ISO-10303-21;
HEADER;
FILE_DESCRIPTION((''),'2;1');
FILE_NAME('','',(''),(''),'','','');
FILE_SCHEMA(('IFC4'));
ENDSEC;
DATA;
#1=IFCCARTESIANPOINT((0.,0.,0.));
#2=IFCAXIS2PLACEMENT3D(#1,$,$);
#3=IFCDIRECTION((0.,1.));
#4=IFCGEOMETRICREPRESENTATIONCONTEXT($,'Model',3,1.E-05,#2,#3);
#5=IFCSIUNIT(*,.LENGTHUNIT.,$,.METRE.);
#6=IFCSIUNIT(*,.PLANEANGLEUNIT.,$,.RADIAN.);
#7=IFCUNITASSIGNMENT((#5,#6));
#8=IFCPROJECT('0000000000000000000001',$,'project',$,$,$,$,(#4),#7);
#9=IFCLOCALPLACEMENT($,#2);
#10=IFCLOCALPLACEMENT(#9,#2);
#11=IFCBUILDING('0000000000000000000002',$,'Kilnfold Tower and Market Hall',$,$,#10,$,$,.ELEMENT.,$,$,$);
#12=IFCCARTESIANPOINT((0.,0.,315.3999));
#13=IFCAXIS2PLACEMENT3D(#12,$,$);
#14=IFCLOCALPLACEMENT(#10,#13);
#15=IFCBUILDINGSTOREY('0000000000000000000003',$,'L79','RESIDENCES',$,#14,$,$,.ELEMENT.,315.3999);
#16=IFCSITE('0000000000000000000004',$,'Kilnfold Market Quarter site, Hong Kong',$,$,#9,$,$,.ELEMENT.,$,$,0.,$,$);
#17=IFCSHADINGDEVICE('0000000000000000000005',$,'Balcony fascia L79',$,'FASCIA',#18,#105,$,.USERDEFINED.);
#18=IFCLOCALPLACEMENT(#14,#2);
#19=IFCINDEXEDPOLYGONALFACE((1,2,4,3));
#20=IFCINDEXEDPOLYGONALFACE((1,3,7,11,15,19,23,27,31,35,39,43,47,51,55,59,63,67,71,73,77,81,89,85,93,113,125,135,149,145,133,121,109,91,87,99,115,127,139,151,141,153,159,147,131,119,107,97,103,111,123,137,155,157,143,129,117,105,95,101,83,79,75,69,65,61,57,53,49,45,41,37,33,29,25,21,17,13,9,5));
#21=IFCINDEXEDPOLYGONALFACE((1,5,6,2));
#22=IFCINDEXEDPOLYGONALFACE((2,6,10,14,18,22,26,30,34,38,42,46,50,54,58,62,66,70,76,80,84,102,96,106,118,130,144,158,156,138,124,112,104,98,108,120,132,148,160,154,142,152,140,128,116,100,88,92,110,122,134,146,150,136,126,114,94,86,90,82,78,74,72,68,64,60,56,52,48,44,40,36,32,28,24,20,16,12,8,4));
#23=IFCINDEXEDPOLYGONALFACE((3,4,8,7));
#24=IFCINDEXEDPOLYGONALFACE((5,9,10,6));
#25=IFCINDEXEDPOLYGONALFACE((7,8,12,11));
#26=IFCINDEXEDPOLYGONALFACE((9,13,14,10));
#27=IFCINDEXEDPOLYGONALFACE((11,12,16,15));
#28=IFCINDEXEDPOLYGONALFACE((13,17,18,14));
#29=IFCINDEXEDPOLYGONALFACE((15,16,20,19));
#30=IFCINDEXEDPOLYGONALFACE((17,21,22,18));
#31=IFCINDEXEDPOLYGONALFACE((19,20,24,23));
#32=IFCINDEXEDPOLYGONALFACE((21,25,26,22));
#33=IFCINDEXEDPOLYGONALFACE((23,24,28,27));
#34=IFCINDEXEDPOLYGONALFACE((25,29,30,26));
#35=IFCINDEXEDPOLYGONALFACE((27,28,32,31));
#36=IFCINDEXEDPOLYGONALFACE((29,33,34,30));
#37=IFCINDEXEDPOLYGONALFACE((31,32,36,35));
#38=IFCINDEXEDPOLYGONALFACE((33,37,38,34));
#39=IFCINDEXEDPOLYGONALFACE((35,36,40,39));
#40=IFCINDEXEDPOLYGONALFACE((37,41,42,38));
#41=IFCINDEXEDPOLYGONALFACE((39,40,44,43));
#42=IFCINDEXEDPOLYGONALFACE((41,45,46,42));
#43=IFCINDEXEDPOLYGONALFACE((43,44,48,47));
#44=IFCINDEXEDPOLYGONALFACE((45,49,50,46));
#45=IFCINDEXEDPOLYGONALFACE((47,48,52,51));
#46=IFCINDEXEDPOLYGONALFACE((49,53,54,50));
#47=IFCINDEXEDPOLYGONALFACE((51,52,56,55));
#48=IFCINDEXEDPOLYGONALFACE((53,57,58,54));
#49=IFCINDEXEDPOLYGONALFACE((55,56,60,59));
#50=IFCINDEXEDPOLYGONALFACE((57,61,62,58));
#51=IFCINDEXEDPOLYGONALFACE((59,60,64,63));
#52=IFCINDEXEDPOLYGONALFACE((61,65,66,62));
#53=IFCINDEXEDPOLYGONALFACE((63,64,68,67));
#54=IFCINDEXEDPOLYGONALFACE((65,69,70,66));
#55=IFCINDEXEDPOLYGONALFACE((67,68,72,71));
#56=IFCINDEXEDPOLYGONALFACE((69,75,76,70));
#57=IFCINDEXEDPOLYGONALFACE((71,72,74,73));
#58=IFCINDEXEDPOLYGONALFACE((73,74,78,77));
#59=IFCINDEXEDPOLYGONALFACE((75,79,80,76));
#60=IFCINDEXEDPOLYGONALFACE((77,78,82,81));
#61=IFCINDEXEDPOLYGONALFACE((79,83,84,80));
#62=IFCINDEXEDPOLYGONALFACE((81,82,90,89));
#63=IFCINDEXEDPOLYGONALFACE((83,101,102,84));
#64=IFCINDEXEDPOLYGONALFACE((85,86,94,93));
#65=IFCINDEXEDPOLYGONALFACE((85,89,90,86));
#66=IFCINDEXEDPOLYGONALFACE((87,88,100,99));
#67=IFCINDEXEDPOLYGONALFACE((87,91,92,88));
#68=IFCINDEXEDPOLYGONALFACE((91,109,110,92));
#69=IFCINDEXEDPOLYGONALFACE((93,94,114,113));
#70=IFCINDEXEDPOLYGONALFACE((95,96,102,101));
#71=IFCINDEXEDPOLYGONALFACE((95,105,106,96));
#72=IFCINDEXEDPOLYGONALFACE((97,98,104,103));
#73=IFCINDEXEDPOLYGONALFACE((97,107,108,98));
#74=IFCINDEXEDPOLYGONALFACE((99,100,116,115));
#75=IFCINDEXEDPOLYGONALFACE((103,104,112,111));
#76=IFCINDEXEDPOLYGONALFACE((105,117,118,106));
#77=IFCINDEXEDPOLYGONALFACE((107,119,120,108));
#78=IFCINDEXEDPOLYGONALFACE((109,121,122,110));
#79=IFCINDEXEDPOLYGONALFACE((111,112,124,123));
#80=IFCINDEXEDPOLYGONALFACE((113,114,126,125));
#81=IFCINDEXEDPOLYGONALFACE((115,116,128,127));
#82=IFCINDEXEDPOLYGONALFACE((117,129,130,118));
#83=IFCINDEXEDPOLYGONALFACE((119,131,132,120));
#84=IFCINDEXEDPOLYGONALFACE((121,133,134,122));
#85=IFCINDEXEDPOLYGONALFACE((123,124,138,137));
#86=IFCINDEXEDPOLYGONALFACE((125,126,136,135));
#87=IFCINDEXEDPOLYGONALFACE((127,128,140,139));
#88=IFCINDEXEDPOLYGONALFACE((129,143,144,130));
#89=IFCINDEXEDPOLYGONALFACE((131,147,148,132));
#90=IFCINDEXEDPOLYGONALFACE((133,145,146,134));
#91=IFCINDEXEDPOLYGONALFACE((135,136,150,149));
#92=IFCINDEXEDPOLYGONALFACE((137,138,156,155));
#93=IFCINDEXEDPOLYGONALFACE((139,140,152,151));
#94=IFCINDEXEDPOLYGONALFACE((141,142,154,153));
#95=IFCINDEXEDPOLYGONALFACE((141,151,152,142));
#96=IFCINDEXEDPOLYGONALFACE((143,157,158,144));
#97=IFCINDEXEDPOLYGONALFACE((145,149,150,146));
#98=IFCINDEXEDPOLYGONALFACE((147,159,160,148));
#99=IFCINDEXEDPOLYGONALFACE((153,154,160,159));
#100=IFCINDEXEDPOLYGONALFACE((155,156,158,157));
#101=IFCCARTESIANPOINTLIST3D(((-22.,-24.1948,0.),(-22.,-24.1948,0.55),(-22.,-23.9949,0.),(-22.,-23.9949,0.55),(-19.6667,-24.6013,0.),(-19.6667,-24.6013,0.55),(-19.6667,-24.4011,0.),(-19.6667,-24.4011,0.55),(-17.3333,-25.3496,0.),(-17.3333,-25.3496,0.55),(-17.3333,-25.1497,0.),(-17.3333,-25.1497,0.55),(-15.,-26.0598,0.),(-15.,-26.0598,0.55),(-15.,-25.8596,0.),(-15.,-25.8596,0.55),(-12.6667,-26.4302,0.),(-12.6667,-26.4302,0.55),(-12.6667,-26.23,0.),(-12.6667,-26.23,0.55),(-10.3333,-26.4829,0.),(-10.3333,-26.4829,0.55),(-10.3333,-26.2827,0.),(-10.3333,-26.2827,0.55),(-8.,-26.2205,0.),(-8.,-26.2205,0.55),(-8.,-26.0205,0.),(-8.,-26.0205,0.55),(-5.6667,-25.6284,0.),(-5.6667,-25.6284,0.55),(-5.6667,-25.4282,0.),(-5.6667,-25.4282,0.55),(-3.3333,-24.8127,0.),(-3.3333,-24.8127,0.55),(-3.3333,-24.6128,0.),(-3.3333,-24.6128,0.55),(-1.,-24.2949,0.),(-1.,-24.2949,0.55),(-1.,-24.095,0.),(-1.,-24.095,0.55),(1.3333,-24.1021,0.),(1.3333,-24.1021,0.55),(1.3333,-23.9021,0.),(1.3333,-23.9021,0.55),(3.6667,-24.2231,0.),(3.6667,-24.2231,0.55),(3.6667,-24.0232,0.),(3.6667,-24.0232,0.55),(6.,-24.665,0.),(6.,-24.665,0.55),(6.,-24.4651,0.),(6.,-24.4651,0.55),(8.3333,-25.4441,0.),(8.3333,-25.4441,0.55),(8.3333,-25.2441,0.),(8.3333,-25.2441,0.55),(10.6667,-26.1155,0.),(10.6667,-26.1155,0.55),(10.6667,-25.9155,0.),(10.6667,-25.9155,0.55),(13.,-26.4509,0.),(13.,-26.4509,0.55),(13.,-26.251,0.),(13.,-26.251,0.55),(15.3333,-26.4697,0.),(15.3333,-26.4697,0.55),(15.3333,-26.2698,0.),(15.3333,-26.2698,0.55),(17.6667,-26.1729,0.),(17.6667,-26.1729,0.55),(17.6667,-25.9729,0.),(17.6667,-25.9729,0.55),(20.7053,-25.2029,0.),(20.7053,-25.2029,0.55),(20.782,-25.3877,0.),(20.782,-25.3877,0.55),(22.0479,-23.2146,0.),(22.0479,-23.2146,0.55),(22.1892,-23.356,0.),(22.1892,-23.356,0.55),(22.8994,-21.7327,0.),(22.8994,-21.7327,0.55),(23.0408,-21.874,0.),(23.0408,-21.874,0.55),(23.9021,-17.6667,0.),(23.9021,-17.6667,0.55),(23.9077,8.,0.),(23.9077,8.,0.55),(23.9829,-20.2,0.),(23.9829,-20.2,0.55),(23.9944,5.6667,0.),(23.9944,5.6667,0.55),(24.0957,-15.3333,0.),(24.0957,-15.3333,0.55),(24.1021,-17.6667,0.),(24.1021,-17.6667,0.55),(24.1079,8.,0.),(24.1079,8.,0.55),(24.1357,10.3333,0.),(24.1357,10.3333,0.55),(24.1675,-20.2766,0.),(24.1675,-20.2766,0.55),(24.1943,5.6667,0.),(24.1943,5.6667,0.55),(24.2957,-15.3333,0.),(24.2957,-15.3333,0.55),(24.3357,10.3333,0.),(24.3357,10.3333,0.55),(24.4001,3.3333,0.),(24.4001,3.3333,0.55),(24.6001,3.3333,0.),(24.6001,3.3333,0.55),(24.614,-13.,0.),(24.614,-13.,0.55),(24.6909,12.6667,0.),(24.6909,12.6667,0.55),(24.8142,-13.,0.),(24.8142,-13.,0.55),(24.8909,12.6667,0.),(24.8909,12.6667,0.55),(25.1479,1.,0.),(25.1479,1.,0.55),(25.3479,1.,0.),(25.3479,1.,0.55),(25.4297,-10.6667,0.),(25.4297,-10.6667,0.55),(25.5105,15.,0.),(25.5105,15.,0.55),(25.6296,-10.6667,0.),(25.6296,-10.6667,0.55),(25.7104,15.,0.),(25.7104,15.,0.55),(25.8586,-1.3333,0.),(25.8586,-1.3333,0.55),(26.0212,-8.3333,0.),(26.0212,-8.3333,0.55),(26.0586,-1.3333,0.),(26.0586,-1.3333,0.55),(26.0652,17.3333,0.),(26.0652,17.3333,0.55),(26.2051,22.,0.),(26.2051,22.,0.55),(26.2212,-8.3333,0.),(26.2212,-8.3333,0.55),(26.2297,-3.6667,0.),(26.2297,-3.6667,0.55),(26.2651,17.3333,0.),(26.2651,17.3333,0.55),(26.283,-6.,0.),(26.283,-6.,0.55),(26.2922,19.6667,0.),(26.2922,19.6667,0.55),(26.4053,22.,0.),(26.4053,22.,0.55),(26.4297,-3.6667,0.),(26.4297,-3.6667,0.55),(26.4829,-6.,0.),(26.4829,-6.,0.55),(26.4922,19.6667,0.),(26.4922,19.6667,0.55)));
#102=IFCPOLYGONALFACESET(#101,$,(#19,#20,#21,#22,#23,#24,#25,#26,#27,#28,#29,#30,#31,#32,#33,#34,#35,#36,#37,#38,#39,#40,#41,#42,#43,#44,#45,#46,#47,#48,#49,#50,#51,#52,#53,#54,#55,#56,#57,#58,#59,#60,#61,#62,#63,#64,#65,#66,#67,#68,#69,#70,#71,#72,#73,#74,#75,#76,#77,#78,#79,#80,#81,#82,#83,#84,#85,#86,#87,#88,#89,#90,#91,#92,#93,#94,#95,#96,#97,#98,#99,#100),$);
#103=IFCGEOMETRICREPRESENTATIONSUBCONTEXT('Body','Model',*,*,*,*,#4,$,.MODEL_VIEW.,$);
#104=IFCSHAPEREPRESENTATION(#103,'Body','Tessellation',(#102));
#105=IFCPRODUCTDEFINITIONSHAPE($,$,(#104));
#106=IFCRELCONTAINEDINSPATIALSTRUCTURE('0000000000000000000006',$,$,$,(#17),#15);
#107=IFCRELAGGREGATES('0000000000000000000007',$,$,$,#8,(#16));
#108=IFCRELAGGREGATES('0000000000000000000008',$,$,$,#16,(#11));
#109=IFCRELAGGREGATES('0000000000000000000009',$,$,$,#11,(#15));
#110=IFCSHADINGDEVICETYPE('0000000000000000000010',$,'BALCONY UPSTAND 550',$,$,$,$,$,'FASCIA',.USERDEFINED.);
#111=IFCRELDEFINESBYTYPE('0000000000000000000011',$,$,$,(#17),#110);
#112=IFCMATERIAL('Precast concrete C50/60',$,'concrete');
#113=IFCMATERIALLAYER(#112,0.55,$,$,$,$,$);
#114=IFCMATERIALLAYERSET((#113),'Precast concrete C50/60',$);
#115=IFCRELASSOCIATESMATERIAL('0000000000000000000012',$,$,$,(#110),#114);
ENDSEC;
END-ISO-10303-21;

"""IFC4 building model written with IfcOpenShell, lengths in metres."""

from ifc_helpers import new_model, si_unit, direction, frame, origin, place, context, subcontext, project, spatial, polyline, outline, extrude, source, transform, mapped, material, layer, layer_set, type_object, element, save


model = new_model("IFC4")

# Units and contexts
model_context = context("Model", 3, precision=1e-05, world=origin(), true_north=direction((0.0, 1.0)))
body_context = subcontext(model_context, "Body", "Model", "MODEL_VIEW")
ifc_project = project(units=[si_unit("LENGTHUNIT", "METRE"), si_unit("PLANEANGLEUNIT", "RADIAN")], contexts=[model_context])

# Site, building, storey
site_placement = place(None, origin())
site = spatial("IfcSite", under=ifc_project, at=site_placement, Name="Kilnfold Market Quarter site, Hong Kong", CompositionType="ELEMENT", RefElevation=0.0)
building_placement = place(site_placement, origin())
building = spatial("IfcBuilding", under=site, at=building_placement, Name="Kilnfold Tower and Market Hall", CompositionType="ELEMENT")
storey_placement = place(building_placement, frame((0.0, 0.0, 315.3999)))
storey = spatial("IfcBuildingStorey", under=building, at=storey_placement, Name="L79", Description="RESIDENCES", CompositionType="ELEMENT", Elevation=315.3999)

# Shading device
ifc_material_1 = material(Name="Precast concrete C50/60", Category="concrete")
ifc_layer_1 = layer(ifc_material_1, 0.55)
ifc_layer_set_1 = layer_set([ifc_layer_1], Name="Precast concrete C50/60")
shading_device_type_1 = type_object("IfcShadingDeviceType", Name="BALCONY UPSTAND 550", ElementType="FASCIA", PredefinedType="USERDEFINED", material=ifc_layer_set_1)
shared_shape_1 = source(origin(), body_context, "Body", "SweptSolid", [
    extrude(outline(polyline([(-22.0, -24.1948), (-19.6667, -24.6013), (-17.3333, -25.3496), (-15.0, -26.0598), (-12.6667, -26.4302), (-10.3333, -26.4829), (-8.0, -26.2205), (-5.6667, -25.6284), (-3.3333, -24.8127), (-1.0, -24.2949), (1.3333, -24.1021), (3.6667, -24.2231), (6.0, -24.665), (8.3333, -25.4441), (10.6667, -26.1155), (13.0, -26.4509), (15.3333, -26.4697), (17.6667, -26.1729), (20.782, -25.3877), (22.1892, -23.356), (23.0408, -21.874), (24.1675, -20.2766), (24.1021, -17.6667), (24.2957, -15.3333), (24.8142, -13.0), (25.6296, -10.6667), (26.2212, -8.3333), (26.4829, -6.0), (26.4297, -3.6667), (26.0586, -1.3333), (25.3479, 1.0), (24.6001, 3.3333), (24.1943, 5.6667), (24.1079, 8.0), (24.3357, 10.3333), (24.8909, 12.6667), (25.7104, 15.0), (26.2651, 17.3333), (26.4922, 19.6667), (26.4053, 22.0), (26.2051, 22.0), (26.2922, 19.6667), (26.0652, 17.3333), (25.5105, 15.0), (24.6909, 12.6667), (24.1357, 10.3333), (23.9077, 8.0), (23.9944, 5.6667), (24.4001, 3.3333), (25.1479, 1.0), (25.8586, -1.3333), (26.2297, -3.6667), (26.283, -6.0), (26.0212, -8.3333), (25.4297, -10.6667), (24.614, -13.0), (24.0957, -15.3333), (23.9021, -17.6667), (23.9829, -20.2), (22.8994, -21.7327), (22.0479, -23.2146), (20.7053, -25.2029), (17.6667, -25.9729), (15.3333, -26.2698), (13.0, -26.251), (10.6667, -25.9155), (8.3333, -25.2441), (6.0, -24.4651), (3.6667, -24.0232), (1.3333, -23.9021), (-1.0, -24.095), (-3.3333, -24.6128), (-5.6667, -25.4282), (-8.0, -26.0205), (-10.3333, -26.2827), (-12.6667, -26.23), (-15.0, -25.8596), (-17.3333, -25.1497), (-19.6667, -24.4011), (-22.0, -23.9949), (-22.0, -24.1948)])), origin(), (0.0, 0.0, 1.0), 0.55),
])
shading_device_1_placement = place(storey_placement, origin())
element("IfcShadingDevice", 1, at=shading_device_1_placement, inside=storey, type_object=shading_device_type_1, Name="Balcony fascia L79", ObjectType="FASCIA", PredefinedType="USERDEFINED", context=body_context, shape_type="MappedRepresentation", body=[
    mapped(shared_shape_1, transform((0.0, 0.0, 0.0))),
])

save(model, "model.ifc")
